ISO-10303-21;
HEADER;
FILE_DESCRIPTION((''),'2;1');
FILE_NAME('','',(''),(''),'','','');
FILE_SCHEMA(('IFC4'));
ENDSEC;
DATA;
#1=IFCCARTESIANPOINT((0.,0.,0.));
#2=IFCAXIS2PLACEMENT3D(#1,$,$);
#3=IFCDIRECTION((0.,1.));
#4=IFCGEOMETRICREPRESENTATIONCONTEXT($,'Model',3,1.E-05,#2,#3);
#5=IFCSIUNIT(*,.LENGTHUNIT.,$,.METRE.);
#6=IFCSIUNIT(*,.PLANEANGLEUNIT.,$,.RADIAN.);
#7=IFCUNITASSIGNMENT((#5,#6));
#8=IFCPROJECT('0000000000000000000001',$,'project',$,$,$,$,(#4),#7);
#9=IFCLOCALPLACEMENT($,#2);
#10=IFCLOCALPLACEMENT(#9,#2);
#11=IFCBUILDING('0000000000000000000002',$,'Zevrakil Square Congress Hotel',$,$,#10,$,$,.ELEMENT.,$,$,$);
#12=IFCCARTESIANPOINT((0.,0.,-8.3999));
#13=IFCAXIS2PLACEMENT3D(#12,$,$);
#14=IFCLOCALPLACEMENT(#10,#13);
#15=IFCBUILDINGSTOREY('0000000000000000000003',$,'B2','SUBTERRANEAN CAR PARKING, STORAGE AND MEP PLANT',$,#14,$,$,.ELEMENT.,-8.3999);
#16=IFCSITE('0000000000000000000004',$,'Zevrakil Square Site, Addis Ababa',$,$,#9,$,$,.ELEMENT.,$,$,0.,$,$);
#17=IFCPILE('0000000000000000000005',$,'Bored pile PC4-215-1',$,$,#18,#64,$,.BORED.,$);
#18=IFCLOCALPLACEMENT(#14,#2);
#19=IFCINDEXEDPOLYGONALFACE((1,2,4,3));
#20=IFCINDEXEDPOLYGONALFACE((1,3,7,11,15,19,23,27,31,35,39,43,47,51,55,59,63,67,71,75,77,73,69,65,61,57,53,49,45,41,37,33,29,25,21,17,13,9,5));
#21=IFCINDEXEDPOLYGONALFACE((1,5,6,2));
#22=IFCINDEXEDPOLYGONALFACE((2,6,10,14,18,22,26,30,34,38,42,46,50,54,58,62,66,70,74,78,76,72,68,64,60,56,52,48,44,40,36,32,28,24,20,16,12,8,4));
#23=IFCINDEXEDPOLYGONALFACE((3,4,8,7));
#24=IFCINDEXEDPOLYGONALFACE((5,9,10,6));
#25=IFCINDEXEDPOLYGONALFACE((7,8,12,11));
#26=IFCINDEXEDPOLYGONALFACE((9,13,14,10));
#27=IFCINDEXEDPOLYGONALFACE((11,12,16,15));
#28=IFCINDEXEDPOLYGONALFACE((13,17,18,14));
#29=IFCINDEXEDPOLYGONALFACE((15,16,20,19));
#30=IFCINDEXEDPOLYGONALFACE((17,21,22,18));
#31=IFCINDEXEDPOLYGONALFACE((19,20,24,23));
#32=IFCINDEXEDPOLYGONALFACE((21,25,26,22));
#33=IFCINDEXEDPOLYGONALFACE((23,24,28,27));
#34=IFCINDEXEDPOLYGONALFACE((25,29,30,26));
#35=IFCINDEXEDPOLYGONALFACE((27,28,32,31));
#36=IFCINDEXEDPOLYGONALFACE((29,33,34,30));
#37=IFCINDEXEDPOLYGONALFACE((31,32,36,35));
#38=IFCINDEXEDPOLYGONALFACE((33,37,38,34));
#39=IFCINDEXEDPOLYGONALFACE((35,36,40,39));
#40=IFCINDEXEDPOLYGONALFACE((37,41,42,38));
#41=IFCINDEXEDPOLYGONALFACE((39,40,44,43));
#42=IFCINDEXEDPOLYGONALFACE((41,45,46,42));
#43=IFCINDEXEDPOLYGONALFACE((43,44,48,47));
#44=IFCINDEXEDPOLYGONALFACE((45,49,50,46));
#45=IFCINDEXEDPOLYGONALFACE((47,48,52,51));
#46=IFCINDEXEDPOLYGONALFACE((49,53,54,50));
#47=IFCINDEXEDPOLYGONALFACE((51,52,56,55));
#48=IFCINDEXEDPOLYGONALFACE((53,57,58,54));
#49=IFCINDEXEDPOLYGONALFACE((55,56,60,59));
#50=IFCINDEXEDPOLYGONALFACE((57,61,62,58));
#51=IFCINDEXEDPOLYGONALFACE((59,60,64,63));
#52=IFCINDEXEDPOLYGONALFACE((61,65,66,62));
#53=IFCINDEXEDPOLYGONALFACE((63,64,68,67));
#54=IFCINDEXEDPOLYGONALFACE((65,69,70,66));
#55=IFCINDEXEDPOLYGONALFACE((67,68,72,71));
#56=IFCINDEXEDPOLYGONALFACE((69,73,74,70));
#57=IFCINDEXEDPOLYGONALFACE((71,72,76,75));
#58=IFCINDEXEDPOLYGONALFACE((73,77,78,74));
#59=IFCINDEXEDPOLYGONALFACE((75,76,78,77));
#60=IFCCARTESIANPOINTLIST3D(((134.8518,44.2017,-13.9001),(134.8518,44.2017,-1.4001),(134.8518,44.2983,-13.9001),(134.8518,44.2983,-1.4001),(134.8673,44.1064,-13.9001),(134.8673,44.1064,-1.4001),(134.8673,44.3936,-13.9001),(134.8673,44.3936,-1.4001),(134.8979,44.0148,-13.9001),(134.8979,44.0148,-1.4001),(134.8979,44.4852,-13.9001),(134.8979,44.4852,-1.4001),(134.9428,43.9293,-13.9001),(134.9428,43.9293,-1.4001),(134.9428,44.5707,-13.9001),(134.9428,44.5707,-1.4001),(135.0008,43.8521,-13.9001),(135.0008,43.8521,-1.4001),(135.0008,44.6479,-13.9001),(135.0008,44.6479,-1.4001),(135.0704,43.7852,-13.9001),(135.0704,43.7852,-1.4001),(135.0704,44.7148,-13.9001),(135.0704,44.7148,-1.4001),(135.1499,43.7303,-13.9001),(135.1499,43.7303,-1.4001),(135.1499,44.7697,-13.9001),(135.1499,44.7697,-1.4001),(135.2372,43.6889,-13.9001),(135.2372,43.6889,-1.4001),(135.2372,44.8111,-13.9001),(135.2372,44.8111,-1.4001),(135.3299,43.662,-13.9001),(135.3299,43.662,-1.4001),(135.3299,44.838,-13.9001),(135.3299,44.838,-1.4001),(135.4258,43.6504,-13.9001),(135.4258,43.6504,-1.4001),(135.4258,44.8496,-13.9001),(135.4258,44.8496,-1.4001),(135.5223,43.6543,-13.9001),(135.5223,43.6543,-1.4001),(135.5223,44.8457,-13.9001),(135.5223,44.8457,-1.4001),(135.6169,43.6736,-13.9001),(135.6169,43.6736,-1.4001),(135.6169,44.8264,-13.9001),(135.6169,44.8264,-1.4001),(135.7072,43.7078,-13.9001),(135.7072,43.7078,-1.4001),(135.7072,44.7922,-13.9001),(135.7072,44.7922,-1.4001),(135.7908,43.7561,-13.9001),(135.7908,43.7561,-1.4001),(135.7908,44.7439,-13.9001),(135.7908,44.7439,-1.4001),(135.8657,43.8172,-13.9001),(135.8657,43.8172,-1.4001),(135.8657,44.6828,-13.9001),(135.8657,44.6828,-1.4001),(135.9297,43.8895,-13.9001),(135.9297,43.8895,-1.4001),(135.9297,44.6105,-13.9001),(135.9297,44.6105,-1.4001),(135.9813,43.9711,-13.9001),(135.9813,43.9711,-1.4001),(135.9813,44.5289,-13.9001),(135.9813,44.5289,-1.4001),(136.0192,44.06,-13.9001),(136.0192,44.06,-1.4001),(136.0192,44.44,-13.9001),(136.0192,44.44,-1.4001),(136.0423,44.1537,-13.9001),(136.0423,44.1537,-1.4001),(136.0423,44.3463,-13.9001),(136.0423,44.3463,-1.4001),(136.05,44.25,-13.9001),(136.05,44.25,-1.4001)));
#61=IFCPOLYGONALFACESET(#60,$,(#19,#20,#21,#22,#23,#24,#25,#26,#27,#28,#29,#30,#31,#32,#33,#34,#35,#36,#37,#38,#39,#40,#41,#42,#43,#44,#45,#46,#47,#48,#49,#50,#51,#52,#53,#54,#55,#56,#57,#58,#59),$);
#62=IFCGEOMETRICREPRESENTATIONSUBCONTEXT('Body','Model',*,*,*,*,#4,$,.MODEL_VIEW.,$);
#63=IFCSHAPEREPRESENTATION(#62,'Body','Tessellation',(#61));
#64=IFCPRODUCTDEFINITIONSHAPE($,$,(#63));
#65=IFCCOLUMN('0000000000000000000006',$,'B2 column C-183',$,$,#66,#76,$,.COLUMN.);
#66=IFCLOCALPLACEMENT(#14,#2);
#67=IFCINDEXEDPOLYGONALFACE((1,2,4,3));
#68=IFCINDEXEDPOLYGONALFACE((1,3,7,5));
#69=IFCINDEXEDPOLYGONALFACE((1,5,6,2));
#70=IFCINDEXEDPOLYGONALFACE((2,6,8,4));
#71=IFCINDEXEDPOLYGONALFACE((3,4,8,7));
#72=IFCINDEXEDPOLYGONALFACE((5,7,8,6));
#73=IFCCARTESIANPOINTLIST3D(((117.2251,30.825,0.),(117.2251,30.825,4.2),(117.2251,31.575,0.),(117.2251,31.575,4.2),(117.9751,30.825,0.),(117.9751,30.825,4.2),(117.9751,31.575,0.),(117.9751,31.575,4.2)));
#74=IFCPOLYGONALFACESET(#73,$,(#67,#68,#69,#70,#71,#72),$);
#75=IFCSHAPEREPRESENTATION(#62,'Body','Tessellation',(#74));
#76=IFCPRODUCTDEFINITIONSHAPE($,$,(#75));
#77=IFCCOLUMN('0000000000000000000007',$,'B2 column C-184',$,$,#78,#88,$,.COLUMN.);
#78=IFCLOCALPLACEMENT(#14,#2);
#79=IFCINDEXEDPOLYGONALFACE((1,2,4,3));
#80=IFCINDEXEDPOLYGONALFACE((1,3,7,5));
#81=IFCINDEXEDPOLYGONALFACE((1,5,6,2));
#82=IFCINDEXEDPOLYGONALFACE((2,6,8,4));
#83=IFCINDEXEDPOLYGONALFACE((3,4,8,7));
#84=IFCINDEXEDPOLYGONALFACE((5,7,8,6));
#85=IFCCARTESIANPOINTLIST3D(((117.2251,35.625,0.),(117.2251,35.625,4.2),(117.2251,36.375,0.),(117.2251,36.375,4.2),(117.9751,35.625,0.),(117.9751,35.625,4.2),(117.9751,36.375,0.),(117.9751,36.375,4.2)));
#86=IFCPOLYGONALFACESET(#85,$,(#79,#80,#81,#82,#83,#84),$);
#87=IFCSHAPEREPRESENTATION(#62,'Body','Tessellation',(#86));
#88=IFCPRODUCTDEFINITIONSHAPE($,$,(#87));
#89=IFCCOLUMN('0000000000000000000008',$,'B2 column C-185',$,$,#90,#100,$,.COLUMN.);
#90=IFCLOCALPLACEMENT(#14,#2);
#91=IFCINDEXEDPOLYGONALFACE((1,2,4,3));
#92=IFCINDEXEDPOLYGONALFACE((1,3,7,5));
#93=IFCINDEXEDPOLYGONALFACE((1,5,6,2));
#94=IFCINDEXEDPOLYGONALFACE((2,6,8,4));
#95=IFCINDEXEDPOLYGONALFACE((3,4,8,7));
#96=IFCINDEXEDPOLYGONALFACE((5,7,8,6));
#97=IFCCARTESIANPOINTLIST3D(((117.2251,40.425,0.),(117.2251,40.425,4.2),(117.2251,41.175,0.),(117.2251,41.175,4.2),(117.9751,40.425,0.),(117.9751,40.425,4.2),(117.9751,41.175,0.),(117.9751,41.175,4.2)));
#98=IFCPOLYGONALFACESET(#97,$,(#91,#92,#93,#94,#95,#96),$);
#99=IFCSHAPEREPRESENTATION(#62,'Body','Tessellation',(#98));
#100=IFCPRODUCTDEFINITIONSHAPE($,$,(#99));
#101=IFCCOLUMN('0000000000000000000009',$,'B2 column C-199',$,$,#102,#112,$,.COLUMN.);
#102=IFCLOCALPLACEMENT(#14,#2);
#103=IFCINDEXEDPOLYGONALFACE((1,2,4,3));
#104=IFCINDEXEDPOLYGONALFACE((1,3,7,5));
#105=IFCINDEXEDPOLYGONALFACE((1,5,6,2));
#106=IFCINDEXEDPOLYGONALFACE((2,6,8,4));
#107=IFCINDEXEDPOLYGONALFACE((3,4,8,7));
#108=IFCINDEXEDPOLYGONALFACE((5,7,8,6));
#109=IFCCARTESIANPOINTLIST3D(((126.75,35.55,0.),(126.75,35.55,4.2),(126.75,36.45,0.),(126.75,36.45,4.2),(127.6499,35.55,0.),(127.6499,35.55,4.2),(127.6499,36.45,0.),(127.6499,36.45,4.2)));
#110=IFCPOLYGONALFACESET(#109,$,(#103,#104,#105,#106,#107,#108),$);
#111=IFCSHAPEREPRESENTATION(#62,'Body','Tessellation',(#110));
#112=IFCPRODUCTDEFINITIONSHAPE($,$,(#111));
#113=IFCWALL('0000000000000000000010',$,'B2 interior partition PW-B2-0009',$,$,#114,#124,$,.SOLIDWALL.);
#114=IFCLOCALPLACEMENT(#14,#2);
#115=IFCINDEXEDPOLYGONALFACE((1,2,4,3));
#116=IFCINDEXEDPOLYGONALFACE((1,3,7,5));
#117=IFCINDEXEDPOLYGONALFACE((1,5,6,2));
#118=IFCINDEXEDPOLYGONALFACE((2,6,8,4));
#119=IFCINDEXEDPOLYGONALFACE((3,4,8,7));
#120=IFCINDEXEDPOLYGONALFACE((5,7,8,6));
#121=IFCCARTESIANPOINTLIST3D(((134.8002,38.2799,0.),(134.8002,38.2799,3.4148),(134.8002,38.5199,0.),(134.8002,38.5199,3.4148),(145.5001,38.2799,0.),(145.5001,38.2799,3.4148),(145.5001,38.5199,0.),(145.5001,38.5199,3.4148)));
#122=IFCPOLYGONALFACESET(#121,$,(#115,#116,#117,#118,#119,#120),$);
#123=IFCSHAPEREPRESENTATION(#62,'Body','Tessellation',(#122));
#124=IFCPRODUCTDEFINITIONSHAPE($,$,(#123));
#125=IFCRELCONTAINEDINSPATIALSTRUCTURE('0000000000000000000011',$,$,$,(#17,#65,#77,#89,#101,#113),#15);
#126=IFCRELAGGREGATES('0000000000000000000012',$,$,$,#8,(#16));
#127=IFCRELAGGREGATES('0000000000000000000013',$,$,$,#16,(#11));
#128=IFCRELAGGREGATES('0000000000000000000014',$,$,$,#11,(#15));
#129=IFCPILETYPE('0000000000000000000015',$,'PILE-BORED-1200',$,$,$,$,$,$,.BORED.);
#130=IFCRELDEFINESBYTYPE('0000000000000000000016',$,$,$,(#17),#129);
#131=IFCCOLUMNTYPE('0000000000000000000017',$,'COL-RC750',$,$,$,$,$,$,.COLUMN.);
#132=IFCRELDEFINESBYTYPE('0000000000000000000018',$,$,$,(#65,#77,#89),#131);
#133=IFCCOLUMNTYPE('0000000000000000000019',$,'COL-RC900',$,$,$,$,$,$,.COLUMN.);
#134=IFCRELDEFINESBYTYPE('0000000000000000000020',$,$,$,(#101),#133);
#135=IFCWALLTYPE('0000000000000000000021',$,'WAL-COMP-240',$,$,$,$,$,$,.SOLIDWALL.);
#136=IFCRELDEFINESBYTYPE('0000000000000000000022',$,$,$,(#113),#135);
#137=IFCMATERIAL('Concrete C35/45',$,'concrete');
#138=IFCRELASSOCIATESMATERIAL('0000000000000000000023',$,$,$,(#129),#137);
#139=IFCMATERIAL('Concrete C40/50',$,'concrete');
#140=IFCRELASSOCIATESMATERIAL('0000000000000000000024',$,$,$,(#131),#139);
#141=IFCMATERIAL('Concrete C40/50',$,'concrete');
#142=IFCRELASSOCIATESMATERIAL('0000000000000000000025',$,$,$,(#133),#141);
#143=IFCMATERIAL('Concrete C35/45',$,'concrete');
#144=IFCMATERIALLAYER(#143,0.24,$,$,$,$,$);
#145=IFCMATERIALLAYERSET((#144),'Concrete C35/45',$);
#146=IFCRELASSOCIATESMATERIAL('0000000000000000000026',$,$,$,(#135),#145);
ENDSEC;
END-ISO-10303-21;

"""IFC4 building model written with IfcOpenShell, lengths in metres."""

from ifc_helpers import new_model, si_unit, direction, frame, frame_2d, origin, origin_2d, place, context, subcontext, project, spatial, rectangle, circle, extrude, material, layer, layer_set, material_profile, profile_set, type_object, element, save


model = new_model("IFC4")

# Units and contexts
model_context = context("Model", 3, precision=1e-05, world=origin(), true_north=direction((0.0, 1.0)))
body_context = subcontext(model_context, "Body", "Model", "MODEL_VIEW")
ifc_project = project(units=[si_unit("LENGTHUNIT", "METRE"), si_unit("PLANEANGLEUNIT", "RADIAN")], contexts=[model_context])

# Site, building, storey
site_placement = place(None, origin())
site = spatial("IfcSite", under=ifc_project, at=site_placement, Name="Zevrakil Square Site, Addis Ababa", CompositionType="ELEMENT", RefElevation=0.0)
building_placement = place(site_placement, origin())
building = spatial("IfcBuilding", under=site, at=building_placement, Name="Zevrakil Square Congress Hotel", CompositionType="ELEMENT")
storey_placement = place(building_placement, frame((0.0, 0.0, -8.3999)))
storey = spatial("IfcBuildingStorey", under=building, at=storey_placement, Name="B2", Description="SUBTERRANEAN CAR PARKING, STORAGE AND MEP PLANT", CompositionType="ELEMENT", Elevation=-8.3999)

# Pile
ifc_material_1 = material(Name="Concrete C35/45", Category="concrete")
ifc_material_profile_1 = material_profile(ifc_material_1, circle(Radius=0.6001, at=origin_2d()), Name="PILE D1200")
ifc_profile_set_1 = profile_set([ifc_material_profile_1], Name="Concrete C35/45")
pile_type_1 = type_object("IfcPileType", Name="PILE-BORED-1200", PredefinedType="BORED", material=ifc_profile_set_1)
pile_1_placement = place(storey_placement, frame((135.45, 44.25, -1.4001), z_axis=(0.0, 0.0, -1.0), x_axis=(1.0, 0.0, 0.0)))
element("IfcPile", 1, at=pile_1_placement, inside=storey, type_object=pile_type_1, Name="Bored pile PC4-215-1", PredefinedType="BORED", context=body_context, shape_type="SweptSolid", body=[
    extrude(circle(Radius=0.6001, at=origin_2d()), origin(), (0.0, 0.0, 1.0), 12.5),
])

# Columns
ifc_material_2 = material(Name="Concrete C40/50", Category="concrete")
ifc_material_profile_2 = material_profile(ifc_material_2, rectangle(XDim=0.75, YDim=0.75, at=origin_2d()), Name="RC 750x750")
ifc_profile_set_2 = profile_set([ifc_material_profile_2], Name="Concrete C40/50")
column_type_1 = type_object("IfcColumnType", Name="COL-RC750", PredefinedType="COLUMN", material=ifc_profile_set_2)
for number, where, z_axis, x_axis, name in (
    (2, (117.6001, 31.2, 0.0), (0.0, 0.0, 1.0), (1.0, 0.0, 0.0), "B2 column C-183"),
    (3, (117.6001, 36.0, 0.0), (0.0, 0.0, 1.0), (1.0, 0.0, 0.0), "B2 column C-184"),
    (4, (117.6001, 40.8, 0.0), (0.0, 0.0, 1.0), (1.0, 0.0, 0.0), "B2 column C-185"),
):
    element("IfcColumn", number, at=place(storey_placement, frame(where, z_axis=z_axis, x_axis=x_axis)), inside=storey, type_object=column_type_1, Name=name, PredefinedType="COLUMN", context=body_context, shape_type="SweptSolid", body=[
        extrude(rectangle(XDim=0.75, YDim=0.75, at=origin_2d()), origin(), (0.0, 0.0, 1.0), 4.2),
    ])
ifc_material_3 = material(Name="Concrete C40/50", Category="concrete")
ifc_material_profile_3 = material_profile(ifc_material_3, rectangle(XDim=0.8999, YDim=0.8999, at=origin_2d()), Name="RC 900x900")
ifc_profile_set_3 = profile_set([ifc_material_profile_3], Name="Concrete C40/50")
column_type_2 = type_object("IfcColumnType", Name="COL-RC900", PredefinedType="COLUMN", material=ifc_profile_set_3)
column_placement = place(storey_placement, frame((127.2, 36.0, 0.0), z_axis=(0.0, 0.0, 1.0), x_axis=(1.0, 0.0, 0.0)))
element("IfcColumn", 5, at=column_placement, inside=storey, type_object=column_type_2, Name="B2 column C-199", PredefinedType="COLUMN", context=body_context, shape_type="SweptSolid", body=[
    extrude(rectangle(XDim=0.8999, YDim=0.8999, at=origin_2d()), origin(), (0.0, 0.0, 1.0), 4.2),
])

# Wall
ifc_material_4 = material(Name="Concrete C35/45", Category="concrete")
ifc_layer = layer(ifc_material_4, 0.24)
ifc_layer_set = layer_set([ifc_layer], Name="Concrete C35/45")
wall_type = type_object("IfcWallType", Name="WAL-COMP-240", PredefinedType="SOLIDWALL", material=ifc_layer_set)
wall_placement = place(storey_placement, frame((134.8, 38.3999, 0.0), z_axis=(0.0, 0.0, 1.0), x_axis=(1.0, 0.0, 0.0)))
element("IfcWall", 6, at=wall_placement, inside=storey, type_object=wall_type, Name="B2 interior partition PW-B2-0009", PredefinedType="SOLIDWALL", context=body_context, shape_type="SweptSolid", body=[
    extrude(rectangle(XDim=10.7, YDim=0.24, at=frame_2d((5.3501, 0.0))), origin(), (0.0, 0.0, 1.0), 3.4148),
])

save(model, "model.ifc")
